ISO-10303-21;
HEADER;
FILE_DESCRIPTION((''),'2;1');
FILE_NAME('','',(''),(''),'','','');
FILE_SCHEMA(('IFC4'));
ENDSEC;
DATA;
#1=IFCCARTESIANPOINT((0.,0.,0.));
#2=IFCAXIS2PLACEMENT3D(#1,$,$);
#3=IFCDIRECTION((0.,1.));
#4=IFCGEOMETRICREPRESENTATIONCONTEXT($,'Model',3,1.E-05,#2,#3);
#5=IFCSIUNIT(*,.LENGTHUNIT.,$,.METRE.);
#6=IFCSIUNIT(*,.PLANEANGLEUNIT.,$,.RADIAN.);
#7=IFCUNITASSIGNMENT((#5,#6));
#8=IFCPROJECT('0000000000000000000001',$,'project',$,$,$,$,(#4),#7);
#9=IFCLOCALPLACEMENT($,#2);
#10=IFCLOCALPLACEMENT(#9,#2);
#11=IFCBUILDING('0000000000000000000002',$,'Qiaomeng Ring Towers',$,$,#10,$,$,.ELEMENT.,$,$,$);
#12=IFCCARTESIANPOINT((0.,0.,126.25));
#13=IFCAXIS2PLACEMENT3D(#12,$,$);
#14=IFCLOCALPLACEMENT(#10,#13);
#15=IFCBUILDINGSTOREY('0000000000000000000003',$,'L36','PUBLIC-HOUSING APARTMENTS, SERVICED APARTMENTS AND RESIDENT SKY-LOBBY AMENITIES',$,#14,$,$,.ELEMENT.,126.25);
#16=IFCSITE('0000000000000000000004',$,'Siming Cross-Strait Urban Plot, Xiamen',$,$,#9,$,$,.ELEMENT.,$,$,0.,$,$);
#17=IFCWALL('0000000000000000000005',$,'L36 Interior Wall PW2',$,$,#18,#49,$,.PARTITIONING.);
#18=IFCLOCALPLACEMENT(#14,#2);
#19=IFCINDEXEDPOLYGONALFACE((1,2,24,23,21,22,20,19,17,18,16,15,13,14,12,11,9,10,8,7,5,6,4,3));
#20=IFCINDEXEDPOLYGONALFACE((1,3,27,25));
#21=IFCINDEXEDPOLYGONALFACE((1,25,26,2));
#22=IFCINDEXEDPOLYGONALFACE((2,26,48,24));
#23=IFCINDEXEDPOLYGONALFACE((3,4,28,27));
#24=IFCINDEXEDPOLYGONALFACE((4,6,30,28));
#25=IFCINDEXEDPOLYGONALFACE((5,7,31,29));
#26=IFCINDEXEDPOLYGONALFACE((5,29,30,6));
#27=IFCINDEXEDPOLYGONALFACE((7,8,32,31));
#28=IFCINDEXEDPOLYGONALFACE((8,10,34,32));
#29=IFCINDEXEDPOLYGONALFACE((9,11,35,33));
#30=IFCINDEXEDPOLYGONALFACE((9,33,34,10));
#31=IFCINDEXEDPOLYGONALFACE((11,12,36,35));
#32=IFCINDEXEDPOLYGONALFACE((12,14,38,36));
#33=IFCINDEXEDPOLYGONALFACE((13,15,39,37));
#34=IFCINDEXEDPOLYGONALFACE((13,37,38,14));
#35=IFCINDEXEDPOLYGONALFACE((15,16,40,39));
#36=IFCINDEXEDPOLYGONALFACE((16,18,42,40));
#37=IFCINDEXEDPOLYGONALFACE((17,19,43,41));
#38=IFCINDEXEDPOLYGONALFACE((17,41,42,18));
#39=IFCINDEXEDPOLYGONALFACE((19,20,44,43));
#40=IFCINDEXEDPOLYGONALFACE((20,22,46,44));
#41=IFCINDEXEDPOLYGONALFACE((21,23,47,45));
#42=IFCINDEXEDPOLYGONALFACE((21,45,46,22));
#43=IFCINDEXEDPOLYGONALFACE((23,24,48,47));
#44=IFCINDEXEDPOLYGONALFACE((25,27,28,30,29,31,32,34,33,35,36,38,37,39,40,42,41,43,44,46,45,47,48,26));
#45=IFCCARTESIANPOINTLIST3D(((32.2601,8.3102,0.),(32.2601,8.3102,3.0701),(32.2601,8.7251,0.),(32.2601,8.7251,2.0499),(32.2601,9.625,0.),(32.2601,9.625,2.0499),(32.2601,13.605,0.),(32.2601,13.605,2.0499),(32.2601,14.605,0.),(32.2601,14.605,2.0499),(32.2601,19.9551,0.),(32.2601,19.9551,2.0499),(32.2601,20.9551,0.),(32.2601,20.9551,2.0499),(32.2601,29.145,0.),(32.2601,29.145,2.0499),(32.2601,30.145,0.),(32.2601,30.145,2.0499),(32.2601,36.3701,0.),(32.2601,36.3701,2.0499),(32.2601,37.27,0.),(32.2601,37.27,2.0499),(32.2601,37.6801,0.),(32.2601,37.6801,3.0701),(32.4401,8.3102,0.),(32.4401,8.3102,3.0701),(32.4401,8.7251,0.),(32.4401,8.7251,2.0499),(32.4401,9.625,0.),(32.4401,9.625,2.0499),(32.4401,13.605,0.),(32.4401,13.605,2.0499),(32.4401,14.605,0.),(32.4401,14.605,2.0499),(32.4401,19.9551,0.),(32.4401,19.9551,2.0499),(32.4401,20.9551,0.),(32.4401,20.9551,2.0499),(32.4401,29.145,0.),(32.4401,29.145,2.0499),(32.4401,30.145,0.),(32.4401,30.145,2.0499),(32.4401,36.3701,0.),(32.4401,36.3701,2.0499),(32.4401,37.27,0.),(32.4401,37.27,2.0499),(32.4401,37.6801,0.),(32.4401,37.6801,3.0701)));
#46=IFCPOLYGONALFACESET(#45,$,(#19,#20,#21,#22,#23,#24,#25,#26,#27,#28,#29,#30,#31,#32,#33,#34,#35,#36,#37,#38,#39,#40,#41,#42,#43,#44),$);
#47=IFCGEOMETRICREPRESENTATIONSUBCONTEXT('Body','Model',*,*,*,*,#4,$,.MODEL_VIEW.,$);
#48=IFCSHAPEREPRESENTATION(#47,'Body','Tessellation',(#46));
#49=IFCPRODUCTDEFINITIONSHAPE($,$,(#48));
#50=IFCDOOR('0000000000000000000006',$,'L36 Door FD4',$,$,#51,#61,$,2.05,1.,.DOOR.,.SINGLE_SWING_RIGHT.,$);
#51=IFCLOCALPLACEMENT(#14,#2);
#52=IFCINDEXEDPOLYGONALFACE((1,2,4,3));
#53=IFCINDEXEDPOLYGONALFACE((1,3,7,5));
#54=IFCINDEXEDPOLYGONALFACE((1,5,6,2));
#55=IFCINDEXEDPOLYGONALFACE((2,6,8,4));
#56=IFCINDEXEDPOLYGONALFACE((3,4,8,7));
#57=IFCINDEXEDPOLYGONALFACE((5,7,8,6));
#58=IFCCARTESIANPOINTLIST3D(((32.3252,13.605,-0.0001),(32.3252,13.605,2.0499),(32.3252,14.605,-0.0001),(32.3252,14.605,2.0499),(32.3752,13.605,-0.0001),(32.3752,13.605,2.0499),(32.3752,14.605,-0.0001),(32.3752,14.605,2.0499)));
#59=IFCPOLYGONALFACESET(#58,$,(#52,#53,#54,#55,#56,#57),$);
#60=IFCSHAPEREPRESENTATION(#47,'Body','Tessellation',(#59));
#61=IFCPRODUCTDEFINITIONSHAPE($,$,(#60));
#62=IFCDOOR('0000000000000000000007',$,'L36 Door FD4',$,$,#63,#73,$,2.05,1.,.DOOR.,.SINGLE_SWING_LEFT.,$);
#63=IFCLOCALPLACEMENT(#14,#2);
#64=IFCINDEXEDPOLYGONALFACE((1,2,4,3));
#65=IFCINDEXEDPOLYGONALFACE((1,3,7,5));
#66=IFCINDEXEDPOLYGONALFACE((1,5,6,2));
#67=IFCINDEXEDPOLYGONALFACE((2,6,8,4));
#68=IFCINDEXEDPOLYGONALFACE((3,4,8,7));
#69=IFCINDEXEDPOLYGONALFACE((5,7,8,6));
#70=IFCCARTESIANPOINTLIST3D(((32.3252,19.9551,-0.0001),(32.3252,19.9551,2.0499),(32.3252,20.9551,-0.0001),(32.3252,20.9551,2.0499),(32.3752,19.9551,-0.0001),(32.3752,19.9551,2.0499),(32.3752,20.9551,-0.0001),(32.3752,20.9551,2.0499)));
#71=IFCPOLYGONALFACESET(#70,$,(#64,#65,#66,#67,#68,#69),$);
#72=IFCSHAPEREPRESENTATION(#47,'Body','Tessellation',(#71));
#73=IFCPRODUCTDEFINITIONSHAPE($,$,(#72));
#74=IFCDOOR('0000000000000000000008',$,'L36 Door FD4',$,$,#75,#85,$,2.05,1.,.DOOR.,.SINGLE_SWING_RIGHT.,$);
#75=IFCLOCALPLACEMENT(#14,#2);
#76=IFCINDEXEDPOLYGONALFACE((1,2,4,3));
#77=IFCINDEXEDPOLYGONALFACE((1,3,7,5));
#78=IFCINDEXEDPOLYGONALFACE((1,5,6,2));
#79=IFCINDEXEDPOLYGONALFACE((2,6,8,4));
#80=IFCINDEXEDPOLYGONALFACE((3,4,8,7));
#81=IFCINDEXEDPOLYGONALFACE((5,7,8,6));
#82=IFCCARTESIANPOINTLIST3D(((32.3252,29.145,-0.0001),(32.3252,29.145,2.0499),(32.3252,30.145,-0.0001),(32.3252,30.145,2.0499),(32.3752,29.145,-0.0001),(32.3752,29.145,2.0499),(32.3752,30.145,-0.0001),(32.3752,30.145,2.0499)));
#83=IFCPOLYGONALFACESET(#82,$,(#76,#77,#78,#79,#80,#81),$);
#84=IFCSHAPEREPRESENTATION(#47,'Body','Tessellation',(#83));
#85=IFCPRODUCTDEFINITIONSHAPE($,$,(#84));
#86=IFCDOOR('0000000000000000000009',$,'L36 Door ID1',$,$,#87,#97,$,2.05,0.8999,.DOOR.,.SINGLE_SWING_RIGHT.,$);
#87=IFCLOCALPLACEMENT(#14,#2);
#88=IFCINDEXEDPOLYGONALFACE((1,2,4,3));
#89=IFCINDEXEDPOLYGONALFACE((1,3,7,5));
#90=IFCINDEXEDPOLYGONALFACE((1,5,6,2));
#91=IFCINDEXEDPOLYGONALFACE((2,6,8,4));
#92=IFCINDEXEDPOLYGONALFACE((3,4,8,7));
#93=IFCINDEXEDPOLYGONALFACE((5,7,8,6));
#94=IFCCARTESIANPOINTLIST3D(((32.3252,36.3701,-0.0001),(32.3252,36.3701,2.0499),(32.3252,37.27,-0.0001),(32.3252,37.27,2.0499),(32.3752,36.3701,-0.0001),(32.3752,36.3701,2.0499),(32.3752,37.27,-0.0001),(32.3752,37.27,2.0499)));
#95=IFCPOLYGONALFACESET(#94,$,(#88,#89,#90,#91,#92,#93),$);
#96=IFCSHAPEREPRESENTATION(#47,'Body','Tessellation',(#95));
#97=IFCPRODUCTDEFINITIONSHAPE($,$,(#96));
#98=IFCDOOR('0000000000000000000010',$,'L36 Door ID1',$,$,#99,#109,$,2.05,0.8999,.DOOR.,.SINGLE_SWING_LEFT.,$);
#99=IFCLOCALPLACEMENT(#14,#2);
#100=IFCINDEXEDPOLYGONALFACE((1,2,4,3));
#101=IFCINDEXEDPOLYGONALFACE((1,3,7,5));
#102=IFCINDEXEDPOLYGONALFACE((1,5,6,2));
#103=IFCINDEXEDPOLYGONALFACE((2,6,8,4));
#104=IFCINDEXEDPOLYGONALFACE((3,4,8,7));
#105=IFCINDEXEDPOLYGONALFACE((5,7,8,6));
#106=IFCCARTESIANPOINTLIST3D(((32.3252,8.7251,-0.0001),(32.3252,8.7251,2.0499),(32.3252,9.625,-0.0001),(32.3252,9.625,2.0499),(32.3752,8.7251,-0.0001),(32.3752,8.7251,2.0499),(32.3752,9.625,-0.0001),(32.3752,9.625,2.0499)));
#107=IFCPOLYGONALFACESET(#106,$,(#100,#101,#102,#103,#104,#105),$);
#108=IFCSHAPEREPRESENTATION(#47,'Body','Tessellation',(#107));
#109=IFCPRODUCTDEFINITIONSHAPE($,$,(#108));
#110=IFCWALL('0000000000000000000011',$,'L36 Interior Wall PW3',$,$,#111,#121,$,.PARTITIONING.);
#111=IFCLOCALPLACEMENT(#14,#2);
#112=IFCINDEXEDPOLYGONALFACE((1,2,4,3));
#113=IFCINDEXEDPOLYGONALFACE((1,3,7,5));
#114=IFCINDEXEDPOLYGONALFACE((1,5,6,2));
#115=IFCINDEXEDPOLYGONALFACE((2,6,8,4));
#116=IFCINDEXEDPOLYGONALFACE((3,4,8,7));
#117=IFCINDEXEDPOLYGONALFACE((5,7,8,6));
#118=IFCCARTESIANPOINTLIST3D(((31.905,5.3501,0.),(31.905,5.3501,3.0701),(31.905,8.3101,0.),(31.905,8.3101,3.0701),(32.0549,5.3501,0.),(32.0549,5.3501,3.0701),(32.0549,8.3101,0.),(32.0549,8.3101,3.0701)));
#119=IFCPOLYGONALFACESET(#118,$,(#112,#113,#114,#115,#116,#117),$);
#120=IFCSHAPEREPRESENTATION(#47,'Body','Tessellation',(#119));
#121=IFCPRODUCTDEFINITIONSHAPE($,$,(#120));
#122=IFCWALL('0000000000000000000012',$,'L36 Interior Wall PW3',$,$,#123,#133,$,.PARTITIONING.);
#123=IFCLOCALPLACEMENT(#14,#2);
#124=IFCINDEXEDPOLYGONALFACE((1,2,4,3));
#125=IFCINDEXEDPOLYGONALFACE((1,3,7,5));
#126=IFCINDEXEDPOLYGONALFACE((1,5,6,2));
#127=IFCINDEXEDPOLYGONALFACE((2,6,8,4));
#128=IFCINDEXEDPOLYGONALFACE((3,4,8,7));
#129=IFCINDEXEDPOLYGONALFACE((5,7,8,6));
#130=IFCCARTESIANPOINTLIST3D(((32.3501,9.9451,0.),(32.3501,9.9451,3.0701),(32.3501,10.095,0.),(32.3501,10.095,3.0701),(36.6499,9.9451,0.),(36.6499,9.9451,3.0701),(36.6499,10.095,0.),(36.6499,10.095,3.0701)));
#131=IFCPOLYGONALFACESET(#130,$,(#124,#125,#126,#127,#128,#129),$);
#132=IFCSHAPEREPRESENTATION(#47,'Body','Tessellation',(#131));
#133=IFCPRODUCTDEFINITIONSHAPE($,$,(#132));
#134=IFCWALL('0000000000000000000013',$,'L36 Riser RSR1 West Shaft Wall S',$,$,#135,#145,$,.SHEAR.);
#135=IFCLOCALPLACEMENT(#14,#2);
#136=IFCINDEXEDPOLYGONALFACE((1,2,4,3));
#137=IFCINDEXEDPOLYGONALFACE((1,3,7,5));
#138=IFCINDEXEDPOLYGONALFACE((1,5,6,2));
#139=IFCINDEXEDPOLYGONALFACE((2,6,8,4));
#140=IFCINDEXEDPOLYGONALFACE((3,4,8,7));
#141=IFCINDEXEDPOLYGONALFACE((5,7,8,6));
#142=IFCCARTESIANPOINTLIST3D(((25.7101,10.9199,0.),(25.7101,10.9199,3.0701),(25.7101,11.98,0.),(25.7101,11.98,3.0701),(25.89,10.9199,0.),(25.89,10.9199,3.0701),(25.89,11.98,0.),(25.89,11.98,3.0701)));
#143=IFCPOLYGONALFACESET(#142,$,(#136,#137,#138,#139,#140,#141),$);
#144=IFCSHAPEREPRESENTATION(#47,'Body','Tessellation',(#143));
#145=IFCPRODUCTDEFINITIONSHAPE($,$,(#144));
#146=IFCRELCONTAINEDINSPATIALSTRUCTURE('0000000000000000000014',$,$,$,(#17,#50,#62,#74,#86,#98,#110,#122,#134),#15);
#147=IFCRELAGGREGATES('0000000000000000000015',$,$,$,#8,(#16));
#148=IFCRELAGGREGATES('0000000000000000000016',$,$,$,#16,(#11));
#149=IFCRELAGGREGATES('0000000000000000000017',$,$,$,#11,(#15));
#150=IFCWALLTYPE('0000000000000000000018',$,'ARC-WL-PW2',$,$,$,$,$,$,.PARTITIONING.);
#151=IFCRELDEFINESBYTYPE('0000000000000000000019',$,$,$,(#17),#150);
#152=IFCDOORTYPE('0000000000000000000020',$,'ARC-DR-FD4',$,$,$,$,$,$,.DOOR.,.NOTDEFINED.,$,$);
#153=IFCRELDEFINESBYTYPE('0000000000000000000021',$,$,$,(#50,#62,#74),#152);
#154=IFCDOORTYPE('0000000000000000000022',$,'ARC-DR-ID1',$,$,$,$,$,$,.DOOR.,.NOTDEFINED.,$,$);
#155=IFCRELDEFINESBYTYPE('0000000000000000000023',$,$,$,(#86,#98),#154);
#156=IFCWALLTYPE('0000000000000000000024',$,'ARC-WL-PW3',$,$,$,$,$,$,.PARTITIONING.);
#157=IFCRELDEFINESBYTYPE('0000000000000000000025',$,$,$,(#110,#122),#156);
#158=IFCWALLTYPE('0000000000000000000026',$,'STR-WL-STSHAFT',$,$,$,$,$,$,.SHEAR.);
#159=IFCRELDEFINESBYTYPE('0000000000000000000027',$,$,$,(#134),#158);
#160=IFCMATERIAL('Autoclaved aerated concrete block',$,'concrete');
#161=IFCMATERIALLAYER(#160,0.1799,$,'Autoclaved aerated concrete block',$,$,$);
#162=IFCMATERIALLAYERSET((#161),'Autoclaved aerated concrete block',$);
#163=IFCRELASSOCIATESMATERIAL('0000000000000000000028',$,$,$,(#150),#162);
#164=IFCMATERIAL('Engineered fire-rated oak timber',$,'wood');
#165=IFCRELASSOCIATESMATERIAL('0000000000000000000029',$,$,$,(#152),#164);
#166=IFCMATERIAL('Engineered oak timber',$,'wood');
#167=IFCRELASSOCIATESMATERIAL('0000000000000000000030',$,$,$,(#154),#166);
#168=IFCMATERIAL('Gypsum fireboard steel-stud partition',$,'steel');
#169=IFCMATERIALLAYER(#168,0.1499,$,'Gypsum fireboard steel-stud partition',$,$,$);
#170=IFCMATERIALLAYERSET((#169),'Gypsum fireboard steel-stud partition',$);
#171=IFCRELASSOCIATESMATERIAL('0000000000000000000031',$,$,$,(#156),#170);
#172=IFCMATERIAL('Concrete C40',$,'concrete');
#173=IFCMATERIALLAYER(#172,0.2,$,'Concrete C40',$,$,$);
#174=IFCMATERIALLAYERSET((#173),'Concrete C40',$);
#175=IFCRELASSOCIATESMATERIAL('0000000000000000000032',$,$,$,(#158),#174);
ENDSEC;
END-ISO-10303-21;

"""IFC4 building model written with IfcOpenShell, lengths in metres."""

from ifc_helpers import new_model, si_unit, direction, frame, frame_2d, origin, place, context, subcontext, project, spatial, rectangle, extrude, source, transform, mapped, material, layer, layer_set, type_object, element, fill, save


model = new_model("IFC4")

# Units and contexts
model_context = context("Model", 3, precision=1e-05, world=origin(), true_north=direction((0.0, 1.0)))
body_context = subcontext(model_context, "Body", "Model", "MODEL_VIEW")
ifc_project = project(units=[si_unit("LENGTHUNIT", "METRE"), si_unit("PLANEANGLEUNIT", "RADIAN")], contexts=[model_context])

# Site, building, storey
site_placement = place(None, origin())
site = spatial("IfcSite", under=ifc_project, at=site_placement, Name="Siming Cross-Strait Urban Plot, Xiamen", CompositionType="ELEMENT", RefElevation=0.0)
building_placement = place(site_placement, origin())
building = spatial("IfcBuilding", under=site, at=building_placement, Name="Qiaomeng Ring Towers", CompositionType="ELEMENT")
storey_placement = place(building_placement, frame((0.0, 0.0, 126.25)))
storey = spatial("IfcBuildingStorey", under=building, at=storey_placement, Name="L36", Description="PUBLIC-HOUSING APARTMENTS, SERVICED APARTMENTS AND RESIDENT SKY-LOBBY AMENITIES", CompositionType="ELEMENT", Elevation=126.25)

# Wall, openings, doors
ifc_material_1 = material(Name="Autoclaved aerated concrete block", Category="concrete")
ifc_layer_1 = layer(ifc_material_1, 0.1799, Name="Autoclaved aerated concrete block")
ifc_layer_set_1 = layer_set([ifc_layer_1], Name="Autoclaved aerated concrete block")
wall_type_1 = type_object("IfcWallType", Name="ARC-WL-PW2", PredefinedType="PARTITIONING", material=ifc_layer_set_1)
wall_1_placement = place(storey_placement, frame((32.3501, 8.3101, 0.0), z_axis=(0.0, 0.0, 1.0), x_axis=(0.0, 1.0, 0.0)))
wall_1 = element("IfcWall", 1, at=wall_1_placement, inside=storey, type_object=wall_type_1, Name="L36 Interior Wall PW2", PredefinedType="PARTITIONING", context=body_context, shape_type="SweptSolid", body=[
    extrude(rectangle(XDim=29.3699, YDim=0.1799, at=frame_2d((14.6851, 0.0))), origin(), (0.0, 0.0, 1.0), 3.0701),
])
opening_1_placement = place(wall_1_placement, frame((28.0601, 0.0, 0.0)))
opening_1 = element("IfcOpeningElement", 2, at=opening_1_placement, cuts=wall_1, PredefinedType="OPENING", context=body_context, shape_type="SweptSolid", body=[
    extrude(rectangle(XDim=0.8999, YDim=2.05, at=frame_2d((0.45, 1.0249))), frame((0.0, 0.0999, 0.0), z_axis=(0.0, -1.0, 0.0), x_axis=(1.0, 0.0, 0.0)), (0.0, 0.0, 1.0), 0.2),
])
opening_2_placement = place(wall_1_placement, frame((0.415, 0.0, 0.0)))
opening_2 = element("IfcOpeningElement", 3, at=opening_2_placement, cuts=wall_1, PredefinedType="OPENING", context=body_context, shape_type="SweptSolid", body=[
    extrude(rectangle(XDim=0.8999, YDim=2.05, at=frame_2d((0.45, 1.0249))), frame((0.0, 0.0999, 0.0), z_axis=(0.0, -1.0, 0.0), x_axis=(1.0, 0.0, 0.0)), (0.0, 0.0, 1.0), 0.2),
])
opening_3_placement = place(wall_1_placement, frame((5.2949, 0.0, 0.0)))
opening_3 = element("IfcOpeningElement", 4, at=opening_3_placement, cuts=wall_1, PredefinedType="OPENING", context=body_context, shape_type="SweptSolid", body=[
    extrude(rectangle(XDim=1.0, YDim=2.05, at=frame_2d((0.5, 1.0249))), frame((0.0, 0.0999, 0.0), z_axis=(0.0, -1.0, 0.0), x_axis=(1.0, 0.0, 0.0)), (0.0, 0.0, 1.0), 0.2),
])
opening_4_placement = place(wall_1_placement, frame((11.645, 0.0, 0.0)))
opening_4 = element("IfcOpeningElement", 5, at=opening_4_placement, cuts=wall_1, PredefinedType="OPENING", context=body_context, shape_type="SweptSolid", body=[
    extrude(rectangle(XDim=1.0, YDim=2.05, at=frame_2d((0.5, 1.0249))), frame((0.0, 0.0999, 0.0), z_axis=(0.0, -1.0, 0.0), x_axis=(1.0, 0.0, 0.0)), (0.0, 0.0, 1.0), 0.2),
])
opening_5_placement = place(wall_1_placement, frame((20.835, 0.0, 0.0)))
opening_5 = element("IfcOpeningElement", 6, at=opening_5_placement, cuts=wall_1, PredefinedType="OPENING", context=body_context, shape_type="SweptSolid", body=[
    extrude(rectangle(XDim=1.0, YDim=2.05, at=frame_2d((0.5, 1.0249))), frame((0.0, 0.0999, 0.0), z_axis=(0.0, -1.0, 0.0), x_axis=(1.0, 0.0, 0.0)), (0.0, 0.0, 1.0), 0.2),
])
ifc_material_2 = material(Name="Engineered fire-rated oak timber", Category="wood")
door_type_1 = type_object("IfcDoorType", Name="ARC-DR-FD4", OperationType="NOTDEFINED", PredefinedType="DOOR", material=ifc_material_2)
shared_shape_1 = source(origin(), body_context, "Body", "SweptSolid", [
    extrude(rectangle(XDim=1.0, YDim=2.05, at=frame_2d((0.5, 1.0249))), frame((0.0, 0.0249, 0.0), z_axis=(0.0, -1.0, 0.0), x_axis=(1.0, 0.0, 0.0)), (0.0, 0.0, 1.0), 0.05),
])
door_1_placement = place(opening_3_placement, origin())
door_1 = element("IfcDoor", 7, at=door_1_placement, inside=storey, type_object=door_type_1, Name="L36 Door FD4", OperationType="SINGLE_SWING_RIGHT", OverallHeight=2.05, OverallWidth=1.0, PredefinedType="DOOR", context=body_context, shape_type="MappedRepresentation", body=[
    mapped(shared_shape_1, transform((0.0, 0.0, 0.0), x_axis=(1.0, 0.0, 0.0), y_axis=(0.0, 1.0, 0.0), z_axis=(0.0, 0.0, 1.0), scale=1.0)),
])
fill(opening_3, door_1)
door_2_placement = place(opening_4_placement, origin())
door_2 = element("IfcDoor", 8, at=door_2_placement, inside=storey, type_object=door_type_1, Name="L36 Door FD4", OperationType="SINGLE_SWING_LEFT", OverallHeight=2.05, OverallWidth=1.0, PredefinedType="DOOR", context=body_context, shape_type="MappedRepresentation", body=[
    mapped(shared_shape_1, transform((0.0, 0.0, 0.0), x_axis=(1.0, 0.0, 0.0), y_axis=(0.0, 1.0, 0.0), z_axis=(0.0, 0.0, 1.0), scale=1.0)),
])
fill(opening_4, door_2)
door_3_placement = place(opening_5_placement, origin())
door_3 = element("IfcDoor", 9, at=door_3_placement, inside=storey, type_object=door_type_1, Name="L36 Door FD4", OperationType="SINGLE_SWING_RIGHT", OverallHeight=2.05, OverallWidth=1.0, PredefinedType="DOOR", context=body_context, shape_type="MappedRepresentation", body=[
    mapped(shared_shape_1, transform((0.0, 0.0, 0.0), x_axis=(1.0, 0.0, 0.0), y_axis=(0.0, 1.0, 0.0), z_axis=(0.0, 0.0, 1.0), scale=1.0)),
])
fill(opening_5, door_3)
ifc_material_3 = material(Name="Engineered oak timber", Category="wood")
door_type_2 = type_object("IfcDoorType", Name="ARC-DR-ID1", OperationType="NOTDEFINED", PredefinedType="DOOR", material=ifc_material_3)
shared_shape_2 = source(origin(), body_context, "Body", "SweptSolid", [
    extrude(rectangle(XDim=0.8999, YDim=2.05, at=frame_2d((0.45, 1.0249))), frame((0.0, 0.0249, 0.0), z_axis=(0.0, -1.0, 0.0), x_axis=(1.0, 0.0, 0.0)), (0.0, 0.0, 1.0), 0.05),
])
door_4_placement = place(opening_1_placement, origin())
door_4 = element("IfcDoor", 10, at=door_4_placement, inside=storey, type_object=door_type_2, Name="L36 Door ID1", OperationType="SINGLE_SWING_RIGHT", OverallHeight=2.05, OverallWidth=0.8999, PredefinedType="DOOR", context=body_context, shape_type="MappedRepresentation", body=[
    mapped(shared_shape_2, transform((0.0, 0.0, 0.0), x_axis=(1.0, 0.0, 0.0), y_axis=(0.0, 1.0, 0.0), z_axis=(0.0, 0.0, 1.0), scale=1.0)),
])
fill(opening_1, door_4)
door_5_placement = place(opening_2_placement, origin())
door_5 = element("IfcDoor", 11, at=door_5_placement, inside=storey, type_object=door_type_2, Name="L36 Door ID1", OperationType="SINGLE_SWING_LEFT", OverallHeight=2.05, OverallWidth=0.8999, PredefinedType="DOOR", context=body_context, shape_type="MappedRepresentation", body=[
    mapped(shared_shape_2, transform((0.0, 0.0, 0.0), x_axis=(1.0, 0.0, 0.0), y_axis=(0.0, 1.0, 0.0), z_axis=(0.0, 0.0, 1.0), scale=1.0)),
])
fill(opening_2, door_5)

# Walls
ifc_material_4 = material(Name="Gypsum fireboard steel-stud partition", Category="steel")
ifc_layer_2 = layer(ifc_material_4, 0.1499, Name="Gypsum fireboard steel-stud partition")
ifc_layer_set_2 = layer_set([ifc_layer_2], Name="Gypsum fireboard steel-stud partition")
wall_type_2 = type_object("IfcWallType", Name="ARC-WL-PW3", PredefinedType="PARTITIONING", material=ifc_layer_set_2)
wall_2_placement = place(storey_placement, frame((31.98, 5.3501, 0.0), z_axis=(0.0, 0.0, 1.0), x_axis=(0.0, 1.0, 0.0)))
element("IfcWall", 12, at=wall_2_placement, inside=storey, type_object=wall_type_2, Name="L36 Interior Wall PW3", PredefinedType="PARTITIONING", context=body_context, shape_type="SweptSolid", body=[
    extrude(rectangle(XDim=2.96, YDim=0.1499, at=frame_2d((1.48, 0.0))), origin(), (0.0, 0.0, 1.0), 3.0701),
])
wall_3_placement = place(storey_placement, frame((32.3501, 10.02, 0.0), z_axis=(0.0, 0.0, 1.0), x_axis=(1.0, 0.0, 0.0)))
element("IfcWall", 13, at=wall_3_placement, inside=storey, type_object=wall_type_2, Name="L36 Interior Wall PW3", PredefinedType="PARTITIONING", context=body_context, shape_type="SweptSolid", body=[
    extrude(rectangle(XDim=4.2998, YDim=0.1499, at=frame_2d((2.1499, 0.0))), origin(), (0.0, 0.0, 1.0), 3.0701),
])
ifc_material_5 = material(Name="Concrete C40", Category="concrete")
ifc_layer_3 = layer(ifc_material_5, 0.2, Name="Concrete C40")
ifc_layer_set_3 = layer_set([ifc_layer_3], Name="Concrete C40")
wall_type_3 = type_object("IfcWallType", Name="STR-WL-STSHAFT", PredefinedType="SHEAR", material=ifc_layer_set_3)
wall_4_placement = place(storey_placement, frame((25.8, 10.9199, 0.0), z_axis=(0.0, 0.0, 1.0), x_axis=(0.0, 1.0, 0.0)))
element("IfcWall", 14, at=wall_4_placement, inside=storey, type_object=wall_type_3, Name="L36 Riser RSR1 West Shaft Wall S", PredefinedType="SHEAR", context=body_context, shape_type="SweptSolid", body=[
    extrude(rectangle(XDim=1.0601, YDim=0.1799, at=frame_2d((0.53, 0.0))), origin(), (0.0, 0.0, 1.0), 3.0701),
])

save(model, "model.ifc")
